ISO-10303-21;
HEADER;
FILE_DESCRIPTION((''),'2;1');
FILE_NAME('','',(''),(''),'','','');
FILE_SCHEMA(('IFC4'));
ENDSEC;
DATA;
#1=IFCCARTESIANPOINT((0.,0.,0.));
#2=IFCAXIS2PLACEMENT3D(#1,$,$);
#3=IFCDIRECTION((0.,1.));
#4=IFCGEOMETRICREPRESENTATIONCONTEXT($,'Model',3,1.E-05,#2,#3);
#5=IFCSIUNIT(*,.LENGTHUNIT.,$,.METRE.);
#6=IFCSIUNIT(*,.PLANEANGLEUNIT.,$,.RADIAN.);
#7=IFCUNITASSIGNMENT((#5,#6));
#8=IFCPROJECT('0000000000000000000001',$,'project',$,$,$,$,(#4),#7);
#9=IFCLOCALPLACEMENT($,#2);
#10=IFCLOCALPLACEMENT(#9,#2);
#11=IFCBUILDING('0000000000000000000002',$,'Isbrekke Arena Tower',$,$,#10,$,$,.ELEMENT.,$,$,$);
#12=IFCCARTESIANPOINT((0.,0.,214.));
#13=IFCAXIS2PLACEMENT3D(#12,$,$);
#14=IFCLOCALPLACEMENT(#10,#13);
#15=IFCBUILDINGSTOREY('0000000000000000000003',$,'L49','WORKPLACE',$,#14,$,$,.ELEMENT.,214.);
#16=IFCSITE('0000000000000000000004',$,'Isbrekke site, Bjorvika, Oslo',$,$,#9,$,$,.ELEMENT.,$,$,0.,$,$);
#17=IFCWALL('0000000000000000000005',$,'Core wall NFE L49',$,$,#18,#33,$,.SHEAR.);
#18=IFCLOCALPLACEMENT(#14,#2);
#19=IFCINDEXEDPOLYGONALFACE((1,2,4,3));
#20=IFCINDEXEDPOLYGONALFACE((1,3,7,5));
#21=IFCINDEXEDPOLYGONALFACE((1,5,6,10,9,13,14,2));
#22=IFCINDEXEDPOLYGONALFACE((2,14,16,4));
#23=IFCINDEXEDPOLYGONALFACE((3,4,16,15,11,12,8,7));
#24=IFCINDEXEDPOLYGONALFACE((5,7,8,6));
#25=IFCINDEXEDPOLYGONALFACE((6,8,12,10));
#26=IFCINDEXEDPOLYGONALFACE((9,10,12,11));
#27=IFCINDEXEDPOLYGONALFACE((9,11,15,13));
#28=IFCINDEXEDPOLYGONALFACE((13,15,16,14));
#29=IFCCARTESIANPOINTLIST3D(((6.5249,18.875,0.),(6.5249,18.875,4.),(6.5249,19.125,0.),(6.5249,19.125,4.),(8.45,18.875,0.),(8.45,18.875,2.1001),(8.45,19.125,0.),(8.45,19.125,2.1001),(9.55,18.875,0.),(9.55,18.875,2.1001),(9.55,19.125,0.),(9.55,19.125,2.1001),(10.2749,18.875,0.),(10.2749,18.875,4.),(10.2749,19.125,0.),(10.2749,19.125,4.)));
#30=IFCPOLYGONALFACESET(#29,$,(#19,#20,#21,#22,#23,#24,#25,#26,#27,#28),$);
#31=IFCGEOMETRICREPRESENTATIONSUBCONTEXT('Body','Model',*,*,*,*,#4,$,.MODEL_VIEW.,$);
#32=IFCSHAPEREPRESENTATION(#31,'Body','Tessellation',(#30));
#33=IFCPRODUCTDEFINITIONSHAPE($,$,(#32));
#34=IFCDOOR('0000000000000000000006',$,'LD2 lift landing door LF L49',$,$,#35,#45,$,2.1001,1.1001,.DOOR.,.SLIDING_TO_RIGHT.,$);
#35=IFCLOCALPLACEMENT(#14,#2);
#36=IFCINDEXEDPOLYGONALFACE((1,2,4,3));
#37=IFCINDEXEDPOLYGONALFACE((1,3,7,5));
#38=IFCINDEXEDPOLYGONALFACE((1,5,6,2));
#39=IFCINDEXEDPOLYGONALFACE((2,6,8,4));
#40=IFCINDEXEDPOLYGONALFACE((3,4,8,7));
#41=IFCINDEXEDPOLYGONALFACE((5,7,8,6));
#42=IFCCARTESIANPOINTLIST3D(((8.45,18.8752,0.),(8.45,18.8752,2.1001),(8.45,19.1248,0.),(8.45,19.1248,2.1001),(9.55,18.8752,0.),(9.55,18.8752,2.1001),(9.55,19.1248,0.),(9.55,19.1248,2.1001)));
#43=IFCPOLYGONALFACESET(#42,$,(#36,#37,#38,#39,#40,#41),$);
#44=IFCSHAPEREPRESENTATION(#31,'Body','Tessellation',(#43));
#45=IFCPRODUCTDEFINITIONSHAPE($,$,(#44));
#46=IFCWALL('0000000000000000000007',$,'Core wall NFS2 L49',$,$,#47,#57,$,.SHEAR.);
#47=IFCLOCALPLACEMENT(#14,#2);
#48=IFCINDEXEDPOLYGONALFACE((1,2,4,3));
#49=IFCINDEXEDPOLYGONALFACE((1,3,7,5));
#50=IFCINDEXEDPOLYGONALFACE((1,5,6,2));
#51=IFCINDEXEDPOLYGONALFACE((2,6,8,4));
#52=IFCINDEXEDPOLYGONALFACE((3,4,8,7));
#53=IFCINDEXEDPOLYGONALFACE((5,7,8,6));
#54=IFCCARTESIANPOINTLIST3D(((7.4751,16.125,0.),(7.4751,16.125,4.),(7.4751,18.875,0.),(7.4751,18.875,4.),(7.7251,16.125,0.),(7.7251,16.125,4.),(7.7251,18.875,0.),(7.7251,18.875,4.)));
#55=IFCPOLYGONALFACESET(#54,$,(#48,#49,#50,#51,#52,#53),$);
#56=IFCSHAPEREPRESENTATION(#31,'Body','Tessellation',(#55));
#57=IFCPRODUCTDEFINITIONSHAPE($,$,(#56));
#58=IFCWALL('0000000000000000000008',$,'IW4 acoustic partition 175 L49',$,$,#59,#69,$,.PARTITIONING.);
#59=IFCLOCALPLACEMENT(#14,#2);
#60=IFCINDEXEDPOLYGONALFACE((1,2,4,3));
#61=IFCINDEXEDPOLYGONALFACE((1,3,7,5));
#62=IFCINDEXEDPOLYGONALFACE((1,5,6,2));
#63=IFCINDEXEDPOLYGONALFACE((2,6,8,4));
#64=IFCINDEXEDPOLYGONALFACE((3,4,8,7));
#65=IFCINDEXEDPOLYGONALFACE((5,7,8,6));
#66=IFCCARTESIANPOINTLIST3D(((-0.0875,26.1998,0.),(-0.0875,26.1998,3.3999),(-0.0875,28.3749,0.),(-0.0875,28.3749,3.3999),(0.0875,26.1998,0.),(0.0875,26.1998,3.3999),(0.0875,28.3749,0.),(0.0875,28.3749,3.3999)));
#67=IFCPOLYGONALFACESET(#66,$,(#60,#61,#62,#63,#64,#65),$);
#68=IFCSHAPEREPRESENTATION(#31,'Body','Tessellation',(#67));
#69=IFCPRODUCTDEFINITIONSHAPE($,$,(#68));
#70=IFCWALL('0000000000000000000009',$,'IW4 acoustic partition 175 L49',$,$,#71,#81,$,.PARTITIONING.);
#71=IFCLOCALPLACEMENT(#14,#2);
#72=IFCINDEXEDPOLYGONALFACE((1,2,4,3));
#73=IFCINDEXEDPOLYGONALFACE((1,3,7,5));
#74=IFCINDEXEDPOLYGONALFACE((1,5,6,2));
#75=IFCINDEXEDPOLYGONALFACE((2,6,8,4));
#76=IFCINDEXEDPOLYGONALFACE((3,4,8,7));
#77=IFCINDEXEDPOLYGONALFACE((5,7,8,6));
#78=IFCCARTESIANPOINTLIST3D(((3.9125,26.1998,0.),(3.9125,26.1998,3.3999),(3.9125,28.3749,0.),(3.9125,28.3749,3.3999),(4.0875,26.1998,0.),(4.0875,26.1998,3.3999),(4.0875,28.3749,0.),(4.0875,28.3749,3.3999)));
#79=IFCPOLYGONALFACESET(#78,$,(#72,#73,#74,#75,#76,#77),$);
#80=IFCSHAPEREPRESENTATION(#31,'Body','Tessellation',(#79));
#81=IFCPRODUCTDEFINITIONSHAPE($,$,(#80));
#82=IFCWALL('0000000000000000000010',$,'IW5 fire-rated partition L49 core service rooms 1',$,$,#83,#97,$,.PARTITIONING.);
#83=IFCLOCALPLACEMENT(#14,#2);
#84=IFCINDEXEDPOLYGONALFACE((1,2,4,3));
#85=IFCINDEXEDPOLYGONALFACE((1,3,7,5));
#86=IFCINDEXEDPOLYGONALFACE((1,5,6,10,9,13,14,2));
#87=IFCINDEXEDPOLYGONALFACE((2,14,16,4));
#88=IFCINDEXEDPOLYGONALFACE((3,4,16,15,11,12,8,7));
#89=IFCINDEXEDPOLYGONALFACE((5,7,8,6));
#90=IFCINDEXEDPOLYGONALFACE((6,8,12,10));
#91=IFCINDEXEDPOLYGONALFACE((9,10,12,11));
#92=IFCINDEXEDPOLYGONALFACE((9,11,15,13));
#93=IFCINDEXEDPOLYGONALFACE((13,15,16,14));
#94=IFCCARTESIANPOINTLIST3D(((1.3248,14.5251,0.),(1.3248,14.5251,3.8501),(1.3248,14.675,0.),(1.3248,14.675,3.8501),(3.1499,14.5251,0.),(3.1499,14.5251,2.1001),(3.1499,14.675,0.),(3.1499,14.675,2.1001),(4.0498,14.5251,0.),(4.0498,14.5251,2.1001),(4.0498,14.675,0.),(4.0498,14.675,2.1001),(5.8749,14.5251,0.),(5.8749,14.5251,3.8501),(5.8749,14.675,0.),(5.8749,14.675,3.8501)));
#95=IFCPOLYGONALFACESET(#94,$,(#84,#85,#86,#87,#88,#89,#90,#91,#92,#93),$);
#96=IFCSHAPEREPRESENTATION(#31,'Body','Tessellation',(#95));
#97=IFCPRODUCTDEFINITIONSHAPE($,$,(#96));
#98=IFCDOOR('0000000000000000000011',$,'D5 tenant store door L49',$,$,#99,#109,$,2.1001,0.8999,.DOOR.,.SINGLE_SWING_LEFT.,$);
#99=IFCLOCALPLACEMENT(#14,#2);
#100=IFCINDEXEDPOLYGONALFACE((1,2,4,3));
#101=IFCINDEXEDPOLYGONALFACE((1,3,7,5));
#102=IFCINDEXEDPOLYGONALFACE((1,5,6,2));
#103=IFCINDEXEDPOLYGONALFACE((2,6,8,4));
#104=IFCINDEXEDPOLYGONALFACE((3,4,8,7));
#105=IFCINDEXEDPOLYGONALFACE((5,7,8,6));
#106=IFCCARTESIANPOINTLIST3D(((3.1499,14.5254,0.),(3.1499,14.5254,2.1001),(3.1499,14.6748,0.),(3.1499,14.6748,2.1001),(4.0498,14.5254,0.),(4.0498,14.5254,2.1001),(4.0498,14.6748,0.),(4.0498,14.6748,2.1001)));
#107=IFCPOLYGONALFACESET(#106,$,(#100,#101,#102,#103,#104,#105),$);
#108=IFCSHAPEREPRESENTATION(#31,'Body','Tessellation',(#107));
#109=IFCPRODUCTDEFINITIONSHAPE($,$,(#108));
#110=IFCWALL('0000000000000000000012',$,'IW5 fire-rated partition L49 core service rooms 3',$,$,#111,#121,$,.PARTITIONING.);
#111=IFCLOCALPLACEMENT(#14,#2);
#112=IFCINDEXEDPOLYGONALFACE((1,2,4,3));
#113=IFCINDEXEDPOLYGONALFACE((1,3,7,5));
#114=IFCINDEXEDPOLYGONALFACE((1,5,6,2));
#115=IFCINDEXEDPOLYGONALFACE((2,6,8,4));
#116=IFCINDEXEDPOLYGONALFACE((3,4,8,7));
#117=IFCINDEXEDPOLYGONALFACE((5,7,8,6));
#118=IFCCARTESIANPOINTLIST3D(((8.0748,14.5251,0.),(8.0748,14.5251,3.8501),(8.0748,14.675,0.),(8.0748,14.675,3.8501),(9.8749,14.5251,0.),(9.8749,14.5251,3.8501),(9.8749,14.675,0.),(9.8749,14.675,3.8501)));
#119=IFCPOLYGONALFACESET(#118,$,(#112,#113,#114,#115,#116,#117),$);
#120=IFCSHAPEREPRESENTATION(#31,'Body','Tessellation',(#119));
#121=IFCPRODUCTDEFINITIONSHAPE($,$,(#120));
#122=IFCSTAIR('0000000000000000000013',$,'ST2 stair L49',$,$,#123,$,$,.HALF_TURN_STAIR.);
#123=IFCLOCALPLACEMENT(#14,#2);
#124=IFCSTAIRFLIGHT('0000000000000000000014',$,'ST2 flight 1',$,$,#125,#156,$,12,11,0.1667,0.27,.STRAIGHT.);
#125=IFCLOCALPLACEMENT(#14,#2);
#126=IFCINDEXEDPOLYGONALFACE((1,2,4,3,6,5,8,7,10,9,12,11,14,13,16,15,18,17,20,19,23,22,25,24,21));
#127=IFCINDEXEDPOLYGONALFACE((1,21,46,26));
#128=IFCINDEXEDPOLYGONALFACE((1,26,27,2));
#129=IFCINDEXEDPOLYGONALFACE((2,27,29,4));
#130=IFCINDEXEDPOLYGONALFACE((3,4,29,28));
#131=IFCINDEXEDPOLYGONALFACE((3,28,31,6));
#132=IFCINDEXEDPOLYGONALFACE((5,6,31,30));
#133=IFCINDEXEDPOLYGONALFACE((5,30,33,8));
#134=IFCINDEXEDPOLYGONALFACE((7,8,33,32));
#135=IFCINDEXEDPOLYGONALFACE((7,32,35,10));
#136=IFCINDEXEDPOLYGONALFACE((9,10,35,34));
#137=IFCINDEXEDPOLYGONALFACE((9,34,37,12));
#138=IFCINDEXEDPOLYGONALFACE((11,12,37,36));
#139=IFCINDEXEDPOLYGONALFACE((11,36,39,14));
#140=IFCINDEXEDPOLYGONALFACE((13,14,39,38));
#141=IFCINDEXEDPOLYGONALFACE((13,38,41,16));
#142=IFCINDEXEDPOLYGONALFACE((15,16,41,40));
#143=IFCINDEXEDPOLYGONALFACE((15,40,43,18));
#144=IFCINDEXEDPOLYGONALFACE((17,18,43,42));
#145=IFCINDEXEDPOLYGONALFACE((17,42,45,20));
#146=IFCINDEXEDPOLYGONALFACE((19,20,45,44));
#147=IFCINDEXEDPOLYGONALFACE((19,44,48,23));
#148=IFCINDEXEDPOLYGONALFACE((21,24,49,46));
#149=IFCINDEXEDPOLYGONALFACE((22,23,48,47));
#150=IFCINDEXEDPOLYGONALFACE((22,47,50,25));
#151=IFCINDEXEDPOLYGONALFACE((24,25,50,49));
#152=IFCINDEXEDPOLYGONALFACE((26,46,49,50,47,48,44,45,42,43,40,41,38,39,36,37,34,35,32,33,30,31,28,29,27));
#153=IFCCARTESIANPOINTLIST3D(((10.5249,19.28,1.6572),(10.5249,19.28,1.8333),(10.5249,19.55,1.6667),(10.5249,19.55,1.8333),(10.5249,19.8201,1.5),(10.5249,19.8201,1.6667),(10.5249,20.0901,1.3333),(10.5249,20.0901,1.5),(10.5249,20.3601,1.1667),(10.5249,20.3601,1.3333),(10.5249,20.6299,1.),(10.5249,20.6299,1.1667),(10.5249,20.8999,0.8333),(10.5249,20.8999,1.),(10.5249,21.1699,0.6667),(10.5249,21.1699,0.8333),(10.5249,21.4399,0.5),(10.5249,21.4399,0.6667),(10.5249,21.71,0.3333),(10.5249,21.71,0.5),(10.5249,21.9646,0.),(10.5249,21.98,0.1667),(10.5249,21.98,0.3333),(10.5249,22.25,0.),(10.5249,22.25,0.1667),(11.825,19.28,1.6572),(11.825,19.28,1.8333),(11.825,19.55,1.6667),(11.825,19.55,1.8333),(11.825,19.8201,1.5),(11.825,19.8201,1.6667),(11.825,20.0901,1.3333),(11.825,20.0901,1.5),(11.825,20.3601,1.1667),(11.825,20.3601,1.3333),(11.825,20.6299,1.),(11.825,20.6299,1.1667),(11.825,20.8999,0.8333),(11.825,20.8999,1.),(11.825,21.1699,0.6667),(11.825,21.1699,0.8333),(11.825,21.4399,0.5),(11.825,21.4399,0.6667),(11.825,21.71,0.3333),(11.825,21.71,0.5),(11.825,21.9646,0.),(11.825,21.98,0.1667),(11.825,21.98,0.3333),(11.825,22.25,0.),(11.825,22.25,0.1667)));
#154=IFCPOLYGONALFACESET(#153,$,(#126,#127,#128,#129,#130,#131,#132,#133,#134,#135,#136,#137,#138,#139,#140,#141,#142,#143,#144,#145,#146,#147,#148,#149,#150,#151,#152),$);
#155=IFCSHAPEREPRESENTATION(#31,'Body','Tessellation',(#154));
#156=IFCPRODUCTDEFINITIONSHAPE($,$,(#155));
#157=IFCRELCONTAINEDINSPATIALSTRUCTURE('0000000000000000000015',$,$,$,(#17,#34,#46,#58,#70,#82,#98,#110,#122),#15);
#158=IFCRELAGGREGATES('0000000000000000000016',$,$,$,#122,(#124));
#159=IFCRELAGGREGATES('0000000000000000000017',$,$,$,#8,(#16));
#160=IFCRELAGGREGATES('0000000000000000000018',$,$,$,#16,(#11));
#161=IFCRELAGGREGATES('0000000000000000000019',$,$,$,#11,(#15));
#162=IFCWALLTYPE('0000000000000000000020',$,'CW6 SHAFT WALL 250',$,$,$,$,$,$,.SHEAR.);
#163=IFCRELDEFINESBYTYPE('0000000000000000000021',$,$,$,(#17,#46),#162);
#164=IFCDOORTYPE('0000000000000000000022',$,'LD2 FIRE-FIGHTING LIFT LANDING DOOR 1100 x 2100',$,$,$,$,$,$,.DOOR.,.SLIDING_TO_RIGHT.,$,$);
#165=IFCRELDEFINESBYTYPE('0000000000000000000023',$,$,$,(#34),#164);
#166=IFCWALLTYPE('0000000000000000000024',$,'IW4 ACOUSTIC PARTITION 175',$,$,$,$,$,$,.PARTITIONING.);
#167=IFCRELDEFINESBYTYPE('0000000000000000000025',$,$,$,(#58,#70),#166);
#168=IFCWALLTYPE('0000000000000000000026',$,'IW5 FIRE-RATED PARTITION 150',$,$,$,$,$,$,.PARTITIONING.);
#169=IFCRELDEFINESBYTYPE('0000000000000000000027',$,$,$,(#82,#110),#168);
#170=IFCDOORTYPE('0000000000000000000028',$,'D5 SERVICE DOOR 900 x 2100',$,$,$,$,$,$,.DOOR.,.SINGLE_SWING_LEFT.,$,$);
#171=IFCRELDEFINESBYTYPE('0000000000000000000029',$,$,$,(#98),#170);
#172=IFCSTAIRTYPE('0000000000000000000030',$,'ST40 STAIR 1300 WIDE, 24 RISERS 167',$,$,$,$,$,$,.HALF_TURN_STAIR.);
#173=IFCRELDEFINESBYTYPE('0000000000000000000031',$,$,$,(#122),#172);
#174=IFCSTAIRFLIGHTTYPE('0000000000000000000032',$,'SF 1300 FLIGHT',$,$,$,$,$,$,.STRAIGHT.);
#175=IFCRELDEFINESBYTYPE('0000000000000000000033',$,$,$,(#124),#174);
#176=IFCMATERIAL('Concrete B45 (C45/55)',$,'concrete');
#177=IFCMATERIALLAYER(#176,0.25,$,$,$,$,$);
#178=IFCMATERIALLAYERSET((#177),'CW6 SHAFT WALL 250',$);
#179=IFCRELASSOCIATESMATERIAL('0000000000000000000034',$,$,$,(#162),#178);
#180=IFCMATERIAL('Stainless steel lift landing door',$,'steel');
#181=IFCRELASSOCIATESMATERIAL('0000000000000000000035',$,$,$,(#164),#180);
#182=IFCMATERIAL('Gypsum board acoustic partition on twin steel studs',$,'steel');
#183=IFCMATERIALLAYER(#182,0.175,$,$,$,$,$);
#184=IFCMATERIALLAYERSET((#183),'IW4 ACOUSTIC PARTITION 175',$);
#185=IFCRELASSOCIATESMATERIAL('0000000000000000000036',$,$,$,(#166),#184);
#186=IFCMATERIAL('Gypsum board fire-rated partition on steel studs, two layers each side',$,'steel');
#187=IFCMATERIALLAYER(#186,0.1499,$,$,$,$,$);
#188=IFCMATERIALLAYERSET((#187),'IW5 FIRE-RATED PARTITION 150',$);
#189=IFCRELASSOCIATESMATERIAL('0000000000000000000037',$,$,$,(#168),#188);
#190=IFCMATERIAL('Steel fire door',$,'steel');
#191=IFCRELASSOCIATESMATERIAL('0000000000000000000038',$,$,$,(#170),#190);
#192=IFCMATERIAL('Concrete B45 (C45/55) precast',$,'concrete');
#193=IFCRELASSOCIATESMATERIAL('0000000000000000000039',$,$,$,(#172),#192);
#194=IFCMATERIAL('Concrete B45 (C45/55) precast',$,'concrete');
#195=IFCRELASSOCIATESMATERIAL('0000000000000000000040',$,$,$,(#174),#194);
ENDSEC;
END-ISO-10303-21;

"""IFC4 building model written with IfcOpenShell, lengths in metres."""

from ifc_helpers import new_model, si_unit, direction, frame, frame_2d, origin, place, context, subcontext, project, spatial, polyline, rectangle, outline, extrude, material, layer, layer_set, type_object, element, fill, aggregate, save


model = new_model("IFC4")

# Units and contexts
model_context = context("Model", 3, precision=1e-05, world=origin(), true_north=direction((0.0, 1.0)))
body_context = subcontext(model_context, "Body", "Model", "MODEL_VIEW")
ifc_project = project(units=[si_unit("LENGTHUNIT", "METRE"), si_unit("PLANEANGLEUNIT", "RADIAN")], contexts=[model_context])

# Site, building, storey
site_placement = place(None, origin())
site = spatial("IfcSite", under=ifc_project, at=site_placement, Name="Isbrekke site, Bjorvika, Oslo", CompositionType="ELEMENT", RefElevation=0.0)
building_placement = place(site_placement, origin())
building = spatial("IfcBuilding", under=site, at=building_placement, Name="Isbrekke Arena Tower", CompositionType="ELEMENT")
storey_placement = place(building_placement, frame((0.0, 0.0, 214.0)))
storey = spatial("IfcBuildingStorey", under=building, at=storey_placement, Name="L49", Description="WORKPLACE", CompositionType="ELEMENT", Elevation=214.0)

# Shared definitions
ifc_material_1 = material(Name="Concrete B45 (C45/55)", Category="concrete")
ifc_layer_1 = layer(ifc_material_1, 0.25)
ifc_layer_set_1 = layer_set([ifc_layer_1], Name="CW6 SHAFT WALL 250")
wall_type_1 = type_object("IfcWallType", Name="CW6 SHAFT WALL 250", PredefinedType="SHEAR", material=ifc_layer_set_1)

# Wall, opening, door
wall_1_placement = place(storey_placement, frame((6.5249, 19.0, 0.0), z_axis=(0.0, 0.0, 1.0), x_axis=(1.0, 0.0, 0.0)))
wall_1 = element("IfcWall", 1, at=wall_1_placement, inside=storey, type_object=wall_type_1, Name="Core wall NFE L49", PredefinedType="SHEAR", context=body_context, shape_type="SweptSolid", body=[
    extrude(rectangle(XDim=3.75, YDim=0.25, at=frame_2d((1.875, 0.0))), origin(), (0.0, 0.0, 1.0), 4.0),
])
opening_1_placement = place(wall_1_placement, frame((1.925, 0.0, 0.0)))
opening_1 = element("IfcOpeningElement", 2, at=opening_1_placement, cuts=wall_1, PredefinedType="OPENING", context=body_context, shape_type="SweptSolid", body=[
    extrude(rectangle(XDim=1.1001, YDim=2.1001, at=frame_2d((0.55, 1.05))), frame((0.0, 0.1399, 0.0), z_axis=(0.0, -1.0, 0.0), x_axis=(1.0, 0.0, 0.0)), (0.0, 0.0, 1.0), 0.2798),
])
ifc_material_2 = material(Name="Stainless steel lift landing door", Category="steel")
door_type_1 = type_object("IfcDoorType", Name="LD2 FIRE-FIGHTING LIFT LANDING DOOR 1100 x 2100", OperationType="SLIDING_TO_RIGHT", PredefinedType="DOOR", material=ifc_material_2)
door_1_placement = place(opening_1_placement, origin())
door_1 = element("IfcDoor", 3, at=door_1_placement, inside=storey, type_object=door_type_1, Name="LD2 lift landing door LF L49", OperationType="SLIDING_TO_RIGHT", OverallHeight=2.1001, OverallWidth=1.1001, PredefinedType="DOOR", context=body_context, shape_type="SweptSolid", body=[
    extrude(rectangle(XDim=1.1001, YDim=2.1001, at=frame_2d((0.55, 1.05))), frame((0.0, 0.1248, 0.0), z_axis=(0.0, -1.0, 0.0), x_axis=(1.0, 0.0, 0.0)), (0.0, 0.0, 1.0), 0.2495),
])
fill(opening_1, door_1)

# Walls
wall_2_placement = place(storey_placement, frame((7.6001, 16.125, 0.0), z_axis=(0.0, 0.0, 1.0), x_axis=(0.0, 1.0, 0.0)))
element("IfcWall", 4, at=wall_2_placement, inside=storey, type_object=wall_type_1, Name="Core wall NFS2 L49", PredefinedType="SHEAR", context=body_context, shape_type="SweptSolid", body=[
    extrude(rectangle(XDim=2.75, YDim=0.25, at=frame_2d((1.375, 0.0))), origin(), (0.0, 0.0, 1.0), 4.0),
])
ifc_material_3 = material(Name="Gypsum board acoustic partition on twin steel studs", Category="steel")
ifc_layer_2 = layer(ifc_material_3, 0.175)
ifc_layer_set_2 = layer_set([ifc_layer_2], Name="IW4 ACOUSTIC PARTITION 175")
wall_type_2 = type_object("IfcWallType", Name="IW4 ACOUSTIC PARTITION 175", PredefinedType="PARTITIONING", material=ifc_layer_set_2)
for number, where, z_axis, x_axis, name in (
    (5, (0.0, 26.2, 0.0), (0.0, 0.0, 1.0), (0.0, 1.0, 0.0), "IW4 acoustic partition 175 L49"),
    (6, (4.0, 26.2, 0.0), (0.0, 0.0, 1.0), (0.0, 1.0, 0.0), "IW4 acoustic partition 175 L49"),
):
    element("IfcWall", number, at=place(storey_placement, frame(where, z_axis=z_axis, x_axis=x_axis)), inside=storey, type_object=wall_type_2, Name=name, PredefinedType="PARTITIONING", context=body_context, shape_type="SweptSolid", body=[
        extrude(rectangle(XDim=2.175, YDim=0.175, at=frame_2d((1.0874, 0.0))), origin(), (0.0, 0.0, 1.0), 3.3999),
    ])

# Wall, opening, door
ifc_material_4 = material(Name="Gypsum board fire-rated partition on steel studs, two layers each side", Category="steel")
ifc_layer_3 = layer(ifc_material_4, 0.1499)
ifc_layer_set_3 = layer_set([ifc_layer_3], Name="IW5 FIRE-RATED PARTITION 150")
wall_type_3 = type_object("IfcWallType", Name="IW5 FIRE-RATED PARTITION 150", PredefinedType="PARTITIONING", material=ifc_layer_set_3)
wall_3_placement = place(storey_placement, frame((1.325, 14.6001, 0.0), z_axis=(0.0, 0.0, 1.0), x_axis=(1.0, 0.0, 0.0)))
wall_3 = element("IfcWall", 7, at=wall_3_placement, inside=storey, type_object=wall_type_3, Name="IW5 fire-rated partition L49 core service rooms 1", PredefinedType="PARTITIONING", context=body_context, shape_type="SweptSolid", body=[
    extrude(rectangle(XDim=4.55, YDim=0.1499, at=frame_2d((2.2749, 0.0))), origin(), (0.0, 0.0, 1.0), 3.8501),
])
opening_2_placement = place(wall_3_placement, frame((1.825, 0.0, 0.0)))
opening_2 = element("IfcOpeningElement", 8, at=opening_2_placement, cuts=wall_3, PredefinedType="OPENING", context=body_context, shape_type="SweptSolid", body=[
    extrude(rectangle(XDim=0.8999, YDim=2.1001, at=frame_2d((0.45, 1.05))), frame((0.0, 0.0898, 0.0), z_axis=(0.0, -1.0, 0.0), x_axis=(1.0, 0.0, 0.0)), (0.0, 0.0, 1.0), 0.1797),
])
ifc_material_5 = material(Name="Steel fire door", Category="steel")
door_type_2 = type_object("IfcDoorType", Name="D5 SERVICE DOOR 900 x 2100", OperationType="SINGLE_SWING_LEFT", PredefinedType="DOOR", material=ifc_material_5)
door_2_placement = place(opening_2_placement, origin())
door_2 = element("IfcDoor", 9, at=door_2_placement, inside=storey, type_object=door_type_2, Name="D5 tenant store door L49", OperationType="SINGLE_SWING_LEFT", OverallHeight=2.1001, OverallWidth=0.8999, PredefinedType="DOOR", context=body_context, shape_type="SweptSolid", body=[
    extrude(rectangle(XDim=0.8999, YDim=2.1001, at=frame_2d((0.45, 1.05))), frame((0.0, 0.0747, 0.0), z_axis=(0.0, -1.0, 0.0), x_axis=(1.0, 0.0, 0.0)), (0.0, 0.0, 1.0), 0.1494),
])
fill(opening_2, door_2)

# Wall
wall_4_placement = place(storey_placement, frame((8.075, 14.6001, 0.0), z_axis=(0.0, 0.0, 1.0), x_axis=(1.0, 0.0, 0.0)))
element("IfcWall", 10, at=wall_4_placement, inside=storey, type_object=wall_type_3, Name="IW5 fire-rated partition L49 core service rooms 3", PredefinedType="PARTITIONING", context=body_context, shape_type="SweptSolid", body=[
    extrude(rectangle(XDim=1.8, YDim=0.1499, at=frame_2d((0.8999, 0.0))), origin(), (0.0, 0.0, 1.0), 3.8501),
])

# Stair, stair flight
ifc_material_6 = material(Name="Concrete B45 (C45/55) precast", Category="concrete")
stair_type = type_object("IfcStairType", Name="ST40 STAIR 1300 WIDE, 24 RISERS 167", PredefinedType="HALF_TURN_STAIR", material=ifc_material_6)
stair_placement = place(storey_placement, origin())
stair = element("IfcStair", 11, at=stair_placement, inside=storey, type_object=stair_type, Name="ST2 stair L49", PredefinedType="HALF_TURN_STAIR")
ifc_material_7 = material(Name="Concrete B45 (C45/55) precast", Category="concrete")
stair_flight_type = type_object("IfcStairFlightType", Name="SF 1300 FLIGHT", PredefinedType="STRAIGHT", material=ifc_material_7)
stair_flight_1_placement = place(storey_placement, frame((11.175, 22.25, 0.0), z_axis=(0.0, 0.0, 1.0), x_axis=(0.0, -1.0, 0.0)))
stair_flight_1 = element("IfcStairFlight", 12, at=stair_flight_1_placement, type_object=stair_flight_type, Name="ST2 flight 1", NumberOfRisers=12, NumberOfTreads=11, PredefinedType="STRAIGHT", RiserHeight=0.1667, TreadLength=0.27, context=body_context, shape_type="SweptSolid", body=[
    extrude(outline(polyline([(0.0, 0.0), (0.0, 0.1667), (0.27, 0.1667), (0.27, 0.3333), (0.54, 0.3333), (0.54, 0.5), (0.8101, 0.5), (0.8101, 0.6667), (1.0801, 0.6667), (1.0801, 0.8333), (1.3501, 0.8333), (1.3501, 1.0), (1.6201, 1.0), (1.6201, 1.1667), (1.8899, 1.1667), (1.8899, 1.3333), (2.1599, 1.3333), (2.1599, 1.5), (2.4299, 1.5), (2.4299, 1.6667), (2.7, 1.6667), (2.7, 1.8333), (2.97, 1.8333), (2.97, 2.0), (2.97, 1.6572), (0.2854, 0.0), (0.0, 0.0)])), frame((0.0, 0.6499, 0.0), z_axis=(0.0, -1.0, 0.0), x_axis=(1.0, 0.0, 0.0)), (0.0, 0.0, 1.0), 1.3),
])
aggregate(stair, [stair_flight_1])

save(model, "model.ifc")
